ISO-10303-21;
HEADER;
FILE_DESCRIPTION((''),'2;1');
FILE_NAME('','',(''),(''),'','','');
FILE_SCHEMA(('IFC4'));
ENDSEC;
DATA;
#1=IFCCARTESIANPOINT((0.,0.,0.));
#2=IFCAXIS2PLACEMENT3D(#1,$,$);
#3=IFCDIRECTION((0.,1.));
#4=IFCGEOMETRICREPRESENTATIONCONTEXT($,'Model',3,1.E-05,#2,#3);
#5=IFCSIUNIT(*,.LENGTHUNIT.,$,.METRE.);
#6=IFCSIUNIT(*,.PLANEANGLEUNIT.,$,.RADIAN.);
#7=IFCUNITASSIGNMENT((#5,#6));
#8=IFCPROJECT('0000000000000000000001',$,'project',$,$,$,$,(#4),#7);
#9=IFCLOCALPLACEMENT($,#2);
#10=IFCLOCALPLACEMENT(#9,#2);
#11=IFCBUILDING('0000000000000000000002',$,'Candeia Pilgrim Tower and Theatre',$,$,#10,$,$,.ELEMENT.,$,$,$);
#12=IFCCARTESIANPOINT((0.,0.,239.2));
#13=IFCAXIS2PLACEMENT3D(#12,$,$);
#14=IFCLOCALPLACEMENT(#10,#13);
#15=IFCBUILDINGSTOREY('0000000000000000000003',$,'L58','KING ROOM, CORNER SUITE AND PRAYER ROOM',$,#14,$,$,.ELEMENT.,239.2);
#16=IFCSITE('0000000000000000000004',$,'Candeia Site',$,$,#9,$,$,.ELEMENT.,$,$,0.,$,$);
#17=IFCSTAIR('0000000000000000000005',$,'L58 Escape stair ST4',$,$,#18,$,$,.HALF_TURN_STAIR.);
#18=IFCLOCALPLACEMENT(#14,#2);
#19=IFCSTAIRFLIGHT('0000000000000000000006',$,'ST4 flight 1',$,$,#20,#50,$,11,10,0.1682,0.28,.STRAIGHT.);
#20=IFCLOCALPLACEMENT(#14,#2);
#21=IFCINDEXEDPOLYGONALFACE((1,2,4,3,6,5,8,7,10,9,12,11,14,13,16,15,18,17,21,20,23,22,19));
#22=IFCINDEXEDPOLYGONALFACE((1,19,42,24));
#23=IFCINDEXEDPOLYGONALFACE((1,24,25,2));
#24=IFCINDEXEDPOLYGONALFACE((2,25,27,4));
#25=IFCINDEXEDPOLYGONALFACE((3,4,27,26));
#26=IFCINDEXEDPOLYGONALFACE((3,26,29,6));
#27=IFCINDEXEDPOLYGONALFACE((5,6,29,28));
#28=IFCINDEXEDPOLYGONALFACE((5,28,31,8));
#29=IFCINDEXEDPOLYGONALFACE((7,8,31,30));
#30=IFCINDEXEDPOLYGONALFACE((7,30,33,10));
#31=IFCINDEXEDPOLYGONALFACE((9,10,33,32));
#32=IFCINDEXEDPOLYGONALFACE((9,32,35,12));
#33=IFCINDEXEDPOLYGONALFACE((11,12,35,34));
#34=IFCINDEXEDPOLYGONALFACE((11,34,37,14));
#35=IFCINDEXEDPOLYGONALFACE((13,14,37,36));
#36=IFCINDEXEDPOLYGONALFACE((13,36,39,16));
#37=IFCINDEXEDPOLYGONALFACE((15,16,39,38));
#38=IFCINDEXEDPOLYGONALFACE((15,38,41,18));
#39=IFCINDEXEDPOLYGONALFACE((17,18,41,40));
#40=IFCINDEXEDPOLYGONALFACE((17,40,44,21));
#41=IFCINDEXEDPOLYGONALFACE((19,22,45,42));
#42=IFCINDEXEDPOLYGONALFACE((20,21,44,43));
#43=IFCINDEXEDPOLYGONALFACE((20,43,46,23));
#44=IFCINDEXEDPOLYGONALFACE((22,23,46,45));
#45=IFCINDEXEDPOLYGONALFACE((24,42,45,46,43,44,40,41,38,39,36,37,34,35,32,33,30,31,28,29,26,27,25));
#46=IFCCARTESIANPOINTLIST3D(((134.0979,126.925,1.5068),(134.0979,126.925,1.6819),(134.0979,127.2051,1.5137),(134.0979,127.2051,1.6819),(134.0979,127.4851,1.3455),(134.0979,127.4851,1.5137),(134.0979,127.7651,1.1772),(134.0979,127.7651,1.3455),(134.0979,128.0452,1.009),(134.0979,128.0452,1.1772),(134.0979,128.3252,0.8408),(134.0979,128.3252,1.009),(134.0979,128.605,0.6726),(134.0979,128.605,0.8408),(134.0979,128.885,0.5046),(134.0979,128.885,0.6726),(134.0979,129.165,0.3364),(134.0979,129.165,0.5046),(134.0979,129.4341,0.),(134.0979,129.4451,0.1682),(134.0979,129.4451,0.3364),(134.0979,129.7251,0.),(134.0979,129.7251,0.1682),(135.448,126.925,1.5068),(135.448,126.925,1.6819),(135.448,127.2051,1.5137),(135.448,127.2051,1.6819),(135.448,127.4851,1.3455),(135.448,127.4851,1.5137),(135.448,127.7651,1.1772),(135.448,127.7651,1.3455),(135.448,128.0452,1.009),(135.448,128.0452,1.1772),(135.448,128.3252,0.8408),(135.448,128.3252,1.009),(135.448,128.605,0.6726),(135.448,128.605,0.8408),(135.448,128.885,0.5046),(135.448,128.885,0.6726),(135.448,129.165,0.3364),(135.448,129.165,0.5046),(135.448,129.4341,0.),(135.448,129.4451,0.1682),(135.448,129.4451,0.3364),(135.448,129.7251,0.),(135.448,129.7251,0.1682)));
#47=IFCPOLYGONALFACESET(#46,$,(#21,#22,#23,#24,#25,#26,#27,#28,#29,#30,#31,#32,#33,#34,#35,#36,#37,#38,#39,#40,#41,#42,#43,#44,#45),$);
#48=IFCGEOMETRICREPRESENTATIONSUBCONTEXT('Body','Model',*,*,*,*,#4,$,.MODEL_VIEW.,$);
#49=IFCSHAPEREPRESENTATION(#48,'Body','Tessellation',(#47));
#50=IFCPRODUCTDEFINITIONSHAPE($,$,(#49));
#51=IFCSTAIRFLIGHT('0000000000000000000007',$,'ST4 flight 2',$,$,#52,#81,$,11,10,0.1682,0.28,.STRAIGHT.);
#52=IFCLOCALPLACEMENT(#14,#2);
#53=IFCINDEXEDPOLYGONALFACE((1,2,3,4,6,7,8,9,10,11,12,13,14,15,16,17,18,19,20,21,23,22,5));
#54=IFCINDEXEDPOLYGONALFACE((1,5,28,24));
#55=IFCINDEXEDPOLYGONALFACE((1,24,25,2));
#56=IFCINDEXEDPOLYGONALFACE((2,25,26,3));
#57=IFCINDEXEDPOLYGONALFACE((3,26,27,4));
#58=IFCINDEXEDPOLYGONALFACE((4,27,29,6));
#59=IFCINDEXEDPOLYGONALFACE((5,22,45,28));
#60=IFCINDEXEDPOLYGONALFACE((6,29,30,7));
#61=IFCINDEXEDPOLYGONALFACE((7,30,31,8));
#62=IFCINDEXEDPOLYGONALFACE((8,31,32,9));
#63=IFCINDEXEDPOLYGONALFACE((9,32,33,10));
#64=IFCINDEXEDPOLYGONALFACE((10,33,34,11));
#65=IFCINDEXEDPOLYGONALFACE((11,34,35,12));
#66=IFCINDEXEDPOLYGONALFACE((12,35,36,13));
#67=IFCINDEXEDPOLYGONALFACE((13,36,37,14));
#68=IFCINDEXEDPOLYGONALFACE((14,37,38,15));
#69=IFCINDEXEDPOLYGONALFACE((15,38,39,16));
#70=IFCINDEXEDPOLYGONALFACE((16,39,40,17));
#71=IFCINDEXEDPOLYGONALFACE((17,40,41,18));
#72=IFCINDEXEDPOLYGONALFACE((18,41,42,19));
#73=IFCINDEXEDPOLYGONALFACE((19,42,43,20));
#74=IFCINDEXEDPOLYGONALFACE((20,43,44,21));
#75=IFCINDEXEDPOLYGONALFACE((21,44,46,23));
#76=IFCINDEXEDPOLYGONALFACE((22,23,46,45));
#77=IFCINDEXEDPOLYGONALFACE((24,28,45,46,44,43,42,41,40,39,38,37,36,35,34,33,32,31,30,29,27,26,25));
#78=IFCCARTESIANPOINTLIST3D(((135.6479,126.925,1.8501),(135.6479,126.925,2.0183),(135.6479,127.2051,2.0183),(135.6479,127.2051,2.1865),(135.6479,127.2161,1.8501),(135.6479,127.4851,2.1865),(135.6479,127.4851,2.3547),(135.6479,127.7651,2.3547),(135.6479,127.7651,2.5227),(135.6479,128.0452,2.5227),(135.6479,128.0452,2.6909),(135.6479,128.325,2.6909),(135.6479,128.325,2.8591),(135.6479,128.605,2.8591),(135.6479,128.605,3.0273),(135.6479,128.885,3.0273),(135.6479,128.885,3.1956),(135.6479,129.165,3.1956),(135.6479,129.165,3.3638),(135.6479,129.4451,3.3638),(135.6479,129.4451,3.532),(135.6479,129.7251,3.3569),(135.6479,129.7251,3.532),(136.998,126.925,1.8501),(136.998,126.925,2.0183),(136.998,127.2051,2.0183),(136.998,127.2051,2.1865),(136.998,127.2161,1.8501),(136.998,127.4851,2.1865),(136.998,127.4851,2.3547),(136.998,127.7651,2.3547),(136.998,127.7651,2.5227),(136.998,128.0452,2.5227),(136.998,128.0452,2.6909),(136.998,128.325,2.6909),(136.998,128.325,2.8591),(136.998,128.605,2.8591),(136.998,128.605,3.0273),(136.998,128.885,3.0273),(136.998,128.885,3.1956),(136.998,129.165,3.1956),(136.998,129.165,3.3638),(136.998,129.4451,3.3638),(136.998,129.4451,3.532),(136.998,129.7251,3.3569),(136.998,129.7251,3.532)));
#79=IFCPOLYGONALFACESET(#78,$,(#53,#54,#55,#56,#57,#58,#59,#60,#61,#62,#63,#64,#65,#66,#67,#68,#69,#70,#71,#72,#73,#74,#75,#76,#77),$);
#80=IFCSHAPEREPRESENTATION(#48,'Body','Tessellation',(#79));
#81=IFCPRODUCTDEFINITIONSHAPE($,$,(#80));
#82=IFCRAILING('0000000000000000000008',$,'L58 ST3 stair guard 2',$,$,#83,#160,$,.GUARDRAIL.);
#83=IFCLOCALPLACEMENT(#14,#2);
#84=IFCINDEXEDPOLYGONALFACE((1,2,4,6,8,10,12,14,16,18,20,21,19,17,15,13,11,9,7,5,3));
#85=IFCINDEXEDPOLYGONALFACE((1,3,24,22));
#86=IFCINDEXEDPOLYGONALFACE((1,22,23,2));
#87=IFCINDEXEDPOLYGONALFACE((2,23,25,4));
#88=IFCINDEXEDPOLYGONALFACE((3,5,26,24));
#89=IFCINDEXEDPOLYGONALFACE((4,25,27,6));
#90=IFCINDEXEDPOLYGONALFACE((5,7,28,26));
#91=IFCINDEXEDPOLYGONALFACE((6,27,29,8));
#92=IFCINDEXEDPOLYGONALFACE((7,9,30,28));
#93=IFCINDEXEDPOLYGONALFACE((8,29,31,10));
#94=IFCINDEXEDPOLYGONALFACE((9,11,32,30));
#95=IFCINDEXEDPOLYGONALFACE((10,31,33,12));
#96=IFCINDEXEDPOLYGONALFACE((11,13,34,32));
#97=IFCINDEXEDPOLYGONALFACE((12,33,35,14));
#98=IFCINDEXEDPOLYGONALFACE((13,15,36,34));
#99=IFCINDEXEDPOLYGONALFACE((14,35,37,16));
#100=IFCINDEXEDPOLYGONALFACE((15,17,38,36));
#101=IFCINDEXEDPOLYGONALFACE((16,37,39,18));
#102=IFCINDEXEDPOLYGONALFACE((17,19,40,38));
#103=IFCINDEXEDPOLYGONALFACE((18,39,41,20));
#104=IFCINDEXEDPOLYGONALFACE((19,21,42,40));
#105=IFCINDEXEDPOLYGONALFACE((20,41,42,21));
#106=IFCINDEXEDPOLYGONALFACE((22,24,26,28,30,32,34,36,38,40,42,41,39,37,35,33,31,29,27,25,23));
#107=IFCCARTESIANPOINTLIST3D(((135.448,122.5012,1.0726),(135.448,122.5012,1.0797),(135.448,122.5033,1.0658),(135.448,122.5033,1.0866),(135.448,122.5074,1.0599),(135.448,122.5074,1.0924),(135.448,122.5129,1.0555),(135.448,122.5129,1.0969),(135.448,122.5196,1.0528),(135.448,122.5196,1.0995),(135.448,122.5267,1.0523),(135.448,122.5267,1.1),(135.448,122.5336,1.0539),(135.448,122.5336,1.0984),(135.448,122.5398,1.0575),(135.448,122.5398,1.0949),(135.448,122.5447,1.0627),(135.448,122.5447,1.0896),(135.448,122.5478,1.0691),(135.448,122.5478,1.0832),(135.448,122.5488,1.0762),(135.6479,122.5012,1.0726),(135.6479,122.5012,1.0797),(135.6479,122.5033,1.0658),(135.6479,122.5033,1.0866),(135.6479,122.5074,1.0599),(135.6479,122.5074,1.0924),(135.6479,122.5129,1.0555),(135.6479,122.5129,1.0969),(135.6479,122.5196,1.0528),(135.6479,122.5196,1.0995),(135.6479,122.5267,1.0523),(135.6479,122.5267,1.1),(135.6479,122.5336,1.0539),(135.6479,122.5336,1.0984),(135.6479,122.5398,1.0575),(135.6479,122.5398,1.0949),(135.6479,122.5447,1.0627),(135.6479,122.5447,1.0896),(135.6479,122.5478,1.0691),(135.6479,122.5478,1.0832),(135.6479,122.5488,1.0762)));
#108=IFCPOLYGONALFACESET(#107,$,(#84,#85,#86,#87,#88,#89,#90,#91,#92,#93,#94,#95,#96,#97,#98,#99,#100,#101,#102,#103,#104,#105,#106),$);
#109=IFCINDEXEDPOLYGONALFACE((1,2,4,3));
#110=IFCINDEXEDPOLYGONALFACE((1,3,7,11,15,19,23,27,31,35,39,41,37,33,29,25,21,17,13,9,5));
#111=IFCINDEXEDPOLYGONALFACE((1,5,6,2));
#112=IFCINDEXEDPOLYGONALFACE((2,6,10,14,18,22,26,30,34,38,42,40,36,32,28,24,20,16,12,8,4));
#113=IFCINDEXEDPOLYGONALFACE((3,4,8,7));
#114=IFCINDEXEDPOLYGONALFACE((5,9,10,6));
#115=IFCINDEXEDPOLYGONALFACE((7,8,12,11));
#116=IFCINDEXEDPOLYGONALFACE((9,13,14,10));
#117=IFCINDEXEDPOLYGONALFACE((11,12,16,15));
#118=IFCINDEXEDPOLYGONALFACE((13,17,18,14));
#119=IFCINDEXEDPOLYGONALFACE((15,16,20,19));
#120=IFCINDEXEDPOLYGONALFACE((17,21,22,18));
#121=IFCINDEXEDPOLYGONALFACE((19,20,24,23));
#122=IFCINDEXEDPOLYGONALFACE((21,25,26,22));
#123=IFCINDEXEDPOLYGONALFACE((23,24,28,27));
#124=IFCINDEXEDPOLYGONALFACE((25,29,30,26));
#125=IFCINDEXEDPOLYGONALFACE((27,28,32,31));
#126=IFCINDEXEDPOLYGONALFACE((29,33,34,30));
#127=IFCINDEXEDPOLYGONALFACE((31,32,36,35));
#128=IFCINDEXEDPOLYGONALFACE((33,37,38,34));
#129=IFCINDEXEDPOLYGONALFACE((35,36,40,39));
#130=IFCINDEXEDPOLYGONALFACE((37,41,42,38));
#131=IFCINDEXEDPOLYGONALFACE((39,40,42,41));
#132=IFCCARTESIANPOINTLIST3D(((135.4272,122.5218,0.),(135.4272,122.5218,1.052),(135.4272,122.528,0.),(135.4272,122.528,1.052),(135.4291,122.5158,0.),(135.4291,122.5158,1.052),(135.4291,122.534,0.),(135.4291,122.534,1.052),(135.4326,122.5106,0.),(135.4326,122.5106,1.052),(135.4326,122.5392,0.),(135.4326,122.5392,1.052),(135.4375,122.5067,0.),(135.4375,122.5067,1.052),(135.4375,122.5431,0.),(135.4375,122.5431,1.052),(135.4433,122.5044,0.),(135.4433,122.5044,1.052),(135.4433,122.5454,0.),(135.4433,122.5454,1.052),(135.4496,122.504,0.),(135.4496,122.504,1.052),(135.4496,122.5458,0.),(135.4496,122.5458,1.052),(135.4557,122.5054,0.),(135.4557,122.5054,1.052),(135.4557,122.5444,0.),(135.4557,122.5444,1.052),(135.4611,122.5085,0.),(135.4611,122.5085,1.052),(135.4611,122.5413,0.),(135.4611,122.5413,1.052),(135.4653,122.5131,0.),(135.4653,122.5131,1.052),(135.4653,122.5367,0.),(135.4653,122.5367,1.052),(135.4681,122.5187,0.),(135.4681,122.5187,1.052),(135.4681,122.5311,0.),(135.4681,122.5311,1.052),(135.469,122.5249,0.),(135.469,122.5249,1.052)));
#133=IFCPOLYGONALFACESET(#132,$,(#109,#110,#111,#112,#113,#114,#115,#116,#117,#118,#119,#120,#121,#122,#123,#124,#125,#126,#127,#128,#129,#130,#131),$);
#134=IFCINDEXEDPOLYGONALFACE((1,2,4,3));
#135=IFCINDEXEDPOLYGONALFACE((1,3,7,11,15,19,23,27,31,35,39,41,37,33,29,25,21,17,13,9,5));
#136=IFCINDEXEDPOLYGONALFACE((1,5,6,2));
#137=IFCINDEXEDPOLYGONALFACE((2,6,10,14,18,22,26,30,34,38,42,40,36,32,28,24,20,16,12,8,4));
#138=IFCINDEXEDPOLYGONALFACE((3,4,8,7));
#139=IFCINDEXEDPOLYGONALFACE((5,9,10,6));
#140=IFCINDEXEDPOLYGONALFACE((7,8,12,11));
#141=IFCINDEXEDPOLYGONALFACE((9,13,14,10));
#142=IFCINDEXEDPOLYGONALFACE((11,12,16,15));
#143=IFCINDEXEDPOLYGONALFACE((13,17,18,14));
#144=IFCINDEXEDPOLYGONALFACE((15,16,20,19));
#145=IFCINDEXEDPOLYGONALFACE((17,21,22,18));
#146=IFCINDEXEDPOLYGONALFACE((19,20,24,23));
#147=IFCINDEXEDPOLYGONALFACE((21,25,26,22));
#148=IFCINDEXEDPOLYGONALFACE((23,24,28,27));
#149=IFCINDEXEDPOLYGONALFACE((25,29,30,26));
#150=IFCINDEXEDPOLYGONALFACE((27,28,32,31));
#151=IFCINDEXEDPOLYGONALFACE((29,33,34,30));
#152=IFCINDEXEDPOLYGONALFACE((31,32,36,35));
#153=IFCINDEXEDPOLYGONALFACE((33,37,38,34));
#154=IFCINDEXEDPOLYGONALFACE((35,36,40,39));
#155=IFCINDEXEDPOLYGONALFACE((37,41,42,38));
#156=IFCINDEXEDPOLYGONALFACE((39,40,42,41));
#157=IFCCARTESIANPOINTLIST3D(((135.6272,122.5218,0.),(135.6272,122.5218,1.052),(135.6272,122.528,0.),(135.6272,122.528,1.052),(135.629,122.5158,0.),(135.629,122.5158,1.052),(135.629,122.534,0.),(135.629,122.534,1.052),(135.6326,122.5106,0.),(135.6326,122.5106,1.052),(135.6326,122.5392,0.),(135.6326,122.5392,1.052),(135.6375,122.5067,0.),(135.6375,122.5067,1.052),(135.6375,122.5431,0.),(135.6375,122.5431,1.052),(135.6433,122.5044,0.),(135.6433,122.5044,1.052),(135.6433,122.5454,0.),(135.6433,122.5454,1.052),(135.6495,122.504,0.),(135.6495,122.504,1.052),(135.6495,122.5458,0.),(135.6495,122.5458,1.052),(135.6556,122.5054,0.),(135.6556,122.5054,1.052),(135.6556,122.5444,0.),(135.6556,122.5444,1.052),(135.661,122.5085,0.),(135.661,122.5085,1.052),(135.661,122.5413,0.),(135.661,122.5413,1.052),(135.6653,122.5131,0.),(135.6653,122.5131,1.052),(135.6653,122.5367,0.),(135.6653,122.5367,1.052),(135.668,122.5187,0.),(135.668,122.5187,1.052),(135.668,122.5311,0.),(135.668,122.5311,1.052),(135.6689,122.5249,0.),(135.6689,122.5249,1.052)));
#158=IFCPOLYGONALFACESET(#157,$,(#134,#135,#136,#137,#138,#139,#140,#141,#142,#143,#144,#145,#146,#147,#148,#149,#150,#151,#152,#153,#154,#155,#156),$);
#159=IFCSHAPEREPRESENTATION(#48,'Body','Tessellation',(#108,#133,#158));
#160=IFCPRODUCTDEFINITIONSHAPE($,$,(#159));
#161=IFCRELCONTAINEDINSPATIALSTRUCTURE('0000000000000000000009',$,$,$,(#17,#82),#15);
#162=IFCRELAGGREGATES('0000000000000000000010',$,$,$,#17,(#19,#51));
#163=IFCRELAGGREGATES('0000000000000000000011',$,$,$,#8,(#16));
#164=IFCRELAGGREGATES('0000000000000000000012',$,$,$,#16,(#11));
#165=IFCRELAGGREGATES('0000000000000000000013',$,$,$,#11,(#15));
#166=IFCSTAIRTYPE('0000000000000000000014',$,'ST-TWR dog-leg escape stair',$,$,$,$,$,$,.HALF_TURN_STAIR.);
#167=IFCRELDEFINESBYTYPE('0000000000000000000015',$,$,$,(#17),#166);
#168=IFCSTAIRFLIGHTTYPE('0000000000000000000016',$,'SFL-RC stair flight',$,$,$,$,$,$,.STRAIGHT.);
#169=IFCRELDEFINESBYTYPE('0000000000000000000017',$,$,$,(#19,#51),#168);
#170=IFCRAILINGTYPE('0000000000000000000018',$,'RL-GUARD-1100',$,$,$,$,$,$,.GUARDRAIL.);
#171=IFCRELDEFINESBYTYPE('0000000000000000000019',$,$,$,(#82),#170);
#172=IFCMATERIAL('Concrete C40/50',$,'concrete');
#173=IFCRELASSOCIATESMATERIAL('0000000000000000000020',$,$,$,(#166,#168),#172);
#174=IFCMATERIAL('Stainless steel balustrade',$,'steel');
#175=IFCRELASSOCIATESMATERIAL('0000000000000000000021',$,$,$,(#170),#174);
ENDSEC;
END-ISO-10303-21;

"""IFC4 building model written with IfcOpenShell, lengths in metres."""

from ifc_helpers import new_model, si_unit, direction, frame, origin, origin_2d, place, context, subcontext, project, spatial, polyline, circle, outline, extrude, material, type_object, element, aggregate, save


model = new_model("IFC4")

# Units and contexts
model_context = context("Model", 3, precision=1e-05, world=origin(), true_north=direction((0.0, 1.0)))
body_context = subcontext(model_context, "Body", "Model", "MODEL_VIEW")
ifc_project = project(units=[si_unit("LENGTHUNIT", "METRE"), si_unit("PLANEANGLEUNIT", "RADIAN")], contexts=[model_context])

# Site, building, storey
site_placement = place(None, origin())
site = spatial("IfcSite", under=ifc_project, at=site_placement, Name="Candeia Site", CompositionType="ELEMENT", RefElevation=0.0)
building_placement = place(site_placement, origin())
building = spatial("IfcBuilding", under=site, at=building_placement, Name="Candeia Pilgrim Tower and Theatre", CompositionType="ELEMENT")
storey_placement = place(building_placement, frame((0.0, 0.0, 239.2)))
storey = spatial("IfcBuildingStorey", under=building, at=storey_placement, Name="L58", Description="KING ROOM, CORNER SUITE AND PRAYER ROOM", CompositionType="ELEMENT", Elevation=239.2)

# Shared definitions
ifc_material_1 = material(Name="Concrete C40/50", Category="concrete")

# Stair, stair flights
stair_type = type_object("IfcStairType", Name="ST-TWR dog-leg escape stair", PredefinedType="HALF_TURN_STAIR", material=ifc_material_1)
stair_flight_type = type_object("IfcStairFlightType", Name="SFL-RC stair flight", PredefinedType="STRAIGHT", material=ifc_material_1)
stair_1_placement = place(storey_placement, origin())
stair_1 = element("IfcStair", 1, at=stair_1_placement, inside=storey, type_object=stair_type, Name="L58 Escape stair ST4", PredefinedType="HALF_TURN_STAIR")
stair_flight_1_placement = place(storey_placement, frame((134.7729, 129.7251, 0.0), z_axis=(0.0, 0.0, 1.0), x_axis=(0.0, -1.0, 0.0)))
stair_flight_1 = element("IfcStairFlight", 2, at=stair_flight_1_placement, type_object=stair_flight_type, Name="ST4 flight 1", NumberOfRisers=11, NumberOfTreads=10, PredefinedType="STRAIGHT", RiserHeight=0.1682, TreadLength=0.28, context=body_context, shape_type="SweptSolid", body=[
    extrude(outline(polyline([(0.0, 0.0), (0.0, 0.1682), (0.28, 0.1682), (0.28, 0.3364), (0.5601, 0.3364), (0.5601, 0.5046), (0.8401, 0.5046), (0.8401, 0.6726), (1.1201, 0.6726), (1.1201, 0.8408), (1.3999, 0.8408), (1.3999, 1.009), (1.6799, 1.009), (1.6799, 1.1772), (1.96, 1.1772), (1.96, 1.3455), (2.24, 1.3455), (2.24, 1.5137), (2.52, 1.5137), (2.52, 1.6819), (2.8, 1.6819), (2.8, 1.8501), (2.8, 1.5068), (0.291, 0.0), (0.0, 0.0)])), frame((0.0, 0.675, 0.0), z_axis=(0.0, -1.0, 0.0), x_axis=(1.0, 0.0, 0.0)), (0.0, 0.0, 1.0), 1.3501),
])
stair_flight_2_placement = place(storey_placement, frame((136.323, 126.925, 1.8501), z_axis=(0.0, 0.0, 1.0), x_axis=(0.0, 1.0, 0.0)))
stair_flight_2 = element("IfcStairFlight", 3, at=stair_flight_2_placement, type_object=stair_flight_type, Name="ST4 flight 2", NumberOfRisers=11, NumberOfTreads=10, PredefinedType="STRAIGHT", RiserHeight=0.1682, TreadLength=0.28, context=body_context, shape_type="SweptSolid", body=[
    extrude(outline(polyline([(0.0, 0.0), (0.0, 0.1682), (0.28, 0.1682), (0.28, 0.3364), (0.5601, 0.3364), (0.5601, 0.5046), (0.8401, 0.5046), (0.8401, 0.6726), (1.1201, 0.6726), (1.1201, 0.8408), (1.3999, 0.8408), (1.3999, 1.009), (1.6799, 1.009), (1.6799, 1.1772), (1.96, 1.1772), (1.96, 1.3455), (2.24, 1.3455), (2.24, 1.5137), (2.52, 1.5137), (2.52, 1.6819), (2.8, 1.6819), (2.8, 1.8501), (2.8, 1.5068), (0.291, 0.0), (0.0, 0.0)])), frame((0.0, 0.675, 0.0), z_axis=(0.0, -1.0, 0.0), x_axis=(1.0, 0.0, 0.0)), (0.0, 0.0, 1.0), 1.3501),
])
aggregate(stair_1, [stair_flight_1, stair_flight_2])

# Railing
ifc_material_2 = material(Name="Stainless steel balustrade", Category="steel")
railing_type_1 = type_object("IfcRailingType", Name="RL-GUARD-1100", PredefinedType="GUARDRAIL", material=ifc_material_2)
railing_1_placement = place(storey_placement, frame((135.448, 122.5249, 0.0)))
element("IfcRailing", 4, at=railing_1_placement, inside=storey, type_object=railing_type_1, Name="L58 ST3 stair guard 2", PredefinedType="GUARDRAIL", context=body_context, shape_type="SweptSolid", body=[
    extrude(circle(Radius=0.0239, at=origin_2d()), frame((0.0, 0.0, 1.0762), z_axis=(1.0, 0.0, 0.0), x_axis=(0.0, 1.0, 0.0)), (0.0, 0.0, 1.0), 0.2),
    extrude(circle(Radius=0.021, at=origin_2d()), origin(), (0.0, 0.0, 1.0), 1.052),
    extrude(circle(Radius=0.021, at=origin_2d()), frame((0.2, 0.0, 0.0)), (0.0, 0.0, 1.0), 1.052),
])

save(model, "model.ifc")
